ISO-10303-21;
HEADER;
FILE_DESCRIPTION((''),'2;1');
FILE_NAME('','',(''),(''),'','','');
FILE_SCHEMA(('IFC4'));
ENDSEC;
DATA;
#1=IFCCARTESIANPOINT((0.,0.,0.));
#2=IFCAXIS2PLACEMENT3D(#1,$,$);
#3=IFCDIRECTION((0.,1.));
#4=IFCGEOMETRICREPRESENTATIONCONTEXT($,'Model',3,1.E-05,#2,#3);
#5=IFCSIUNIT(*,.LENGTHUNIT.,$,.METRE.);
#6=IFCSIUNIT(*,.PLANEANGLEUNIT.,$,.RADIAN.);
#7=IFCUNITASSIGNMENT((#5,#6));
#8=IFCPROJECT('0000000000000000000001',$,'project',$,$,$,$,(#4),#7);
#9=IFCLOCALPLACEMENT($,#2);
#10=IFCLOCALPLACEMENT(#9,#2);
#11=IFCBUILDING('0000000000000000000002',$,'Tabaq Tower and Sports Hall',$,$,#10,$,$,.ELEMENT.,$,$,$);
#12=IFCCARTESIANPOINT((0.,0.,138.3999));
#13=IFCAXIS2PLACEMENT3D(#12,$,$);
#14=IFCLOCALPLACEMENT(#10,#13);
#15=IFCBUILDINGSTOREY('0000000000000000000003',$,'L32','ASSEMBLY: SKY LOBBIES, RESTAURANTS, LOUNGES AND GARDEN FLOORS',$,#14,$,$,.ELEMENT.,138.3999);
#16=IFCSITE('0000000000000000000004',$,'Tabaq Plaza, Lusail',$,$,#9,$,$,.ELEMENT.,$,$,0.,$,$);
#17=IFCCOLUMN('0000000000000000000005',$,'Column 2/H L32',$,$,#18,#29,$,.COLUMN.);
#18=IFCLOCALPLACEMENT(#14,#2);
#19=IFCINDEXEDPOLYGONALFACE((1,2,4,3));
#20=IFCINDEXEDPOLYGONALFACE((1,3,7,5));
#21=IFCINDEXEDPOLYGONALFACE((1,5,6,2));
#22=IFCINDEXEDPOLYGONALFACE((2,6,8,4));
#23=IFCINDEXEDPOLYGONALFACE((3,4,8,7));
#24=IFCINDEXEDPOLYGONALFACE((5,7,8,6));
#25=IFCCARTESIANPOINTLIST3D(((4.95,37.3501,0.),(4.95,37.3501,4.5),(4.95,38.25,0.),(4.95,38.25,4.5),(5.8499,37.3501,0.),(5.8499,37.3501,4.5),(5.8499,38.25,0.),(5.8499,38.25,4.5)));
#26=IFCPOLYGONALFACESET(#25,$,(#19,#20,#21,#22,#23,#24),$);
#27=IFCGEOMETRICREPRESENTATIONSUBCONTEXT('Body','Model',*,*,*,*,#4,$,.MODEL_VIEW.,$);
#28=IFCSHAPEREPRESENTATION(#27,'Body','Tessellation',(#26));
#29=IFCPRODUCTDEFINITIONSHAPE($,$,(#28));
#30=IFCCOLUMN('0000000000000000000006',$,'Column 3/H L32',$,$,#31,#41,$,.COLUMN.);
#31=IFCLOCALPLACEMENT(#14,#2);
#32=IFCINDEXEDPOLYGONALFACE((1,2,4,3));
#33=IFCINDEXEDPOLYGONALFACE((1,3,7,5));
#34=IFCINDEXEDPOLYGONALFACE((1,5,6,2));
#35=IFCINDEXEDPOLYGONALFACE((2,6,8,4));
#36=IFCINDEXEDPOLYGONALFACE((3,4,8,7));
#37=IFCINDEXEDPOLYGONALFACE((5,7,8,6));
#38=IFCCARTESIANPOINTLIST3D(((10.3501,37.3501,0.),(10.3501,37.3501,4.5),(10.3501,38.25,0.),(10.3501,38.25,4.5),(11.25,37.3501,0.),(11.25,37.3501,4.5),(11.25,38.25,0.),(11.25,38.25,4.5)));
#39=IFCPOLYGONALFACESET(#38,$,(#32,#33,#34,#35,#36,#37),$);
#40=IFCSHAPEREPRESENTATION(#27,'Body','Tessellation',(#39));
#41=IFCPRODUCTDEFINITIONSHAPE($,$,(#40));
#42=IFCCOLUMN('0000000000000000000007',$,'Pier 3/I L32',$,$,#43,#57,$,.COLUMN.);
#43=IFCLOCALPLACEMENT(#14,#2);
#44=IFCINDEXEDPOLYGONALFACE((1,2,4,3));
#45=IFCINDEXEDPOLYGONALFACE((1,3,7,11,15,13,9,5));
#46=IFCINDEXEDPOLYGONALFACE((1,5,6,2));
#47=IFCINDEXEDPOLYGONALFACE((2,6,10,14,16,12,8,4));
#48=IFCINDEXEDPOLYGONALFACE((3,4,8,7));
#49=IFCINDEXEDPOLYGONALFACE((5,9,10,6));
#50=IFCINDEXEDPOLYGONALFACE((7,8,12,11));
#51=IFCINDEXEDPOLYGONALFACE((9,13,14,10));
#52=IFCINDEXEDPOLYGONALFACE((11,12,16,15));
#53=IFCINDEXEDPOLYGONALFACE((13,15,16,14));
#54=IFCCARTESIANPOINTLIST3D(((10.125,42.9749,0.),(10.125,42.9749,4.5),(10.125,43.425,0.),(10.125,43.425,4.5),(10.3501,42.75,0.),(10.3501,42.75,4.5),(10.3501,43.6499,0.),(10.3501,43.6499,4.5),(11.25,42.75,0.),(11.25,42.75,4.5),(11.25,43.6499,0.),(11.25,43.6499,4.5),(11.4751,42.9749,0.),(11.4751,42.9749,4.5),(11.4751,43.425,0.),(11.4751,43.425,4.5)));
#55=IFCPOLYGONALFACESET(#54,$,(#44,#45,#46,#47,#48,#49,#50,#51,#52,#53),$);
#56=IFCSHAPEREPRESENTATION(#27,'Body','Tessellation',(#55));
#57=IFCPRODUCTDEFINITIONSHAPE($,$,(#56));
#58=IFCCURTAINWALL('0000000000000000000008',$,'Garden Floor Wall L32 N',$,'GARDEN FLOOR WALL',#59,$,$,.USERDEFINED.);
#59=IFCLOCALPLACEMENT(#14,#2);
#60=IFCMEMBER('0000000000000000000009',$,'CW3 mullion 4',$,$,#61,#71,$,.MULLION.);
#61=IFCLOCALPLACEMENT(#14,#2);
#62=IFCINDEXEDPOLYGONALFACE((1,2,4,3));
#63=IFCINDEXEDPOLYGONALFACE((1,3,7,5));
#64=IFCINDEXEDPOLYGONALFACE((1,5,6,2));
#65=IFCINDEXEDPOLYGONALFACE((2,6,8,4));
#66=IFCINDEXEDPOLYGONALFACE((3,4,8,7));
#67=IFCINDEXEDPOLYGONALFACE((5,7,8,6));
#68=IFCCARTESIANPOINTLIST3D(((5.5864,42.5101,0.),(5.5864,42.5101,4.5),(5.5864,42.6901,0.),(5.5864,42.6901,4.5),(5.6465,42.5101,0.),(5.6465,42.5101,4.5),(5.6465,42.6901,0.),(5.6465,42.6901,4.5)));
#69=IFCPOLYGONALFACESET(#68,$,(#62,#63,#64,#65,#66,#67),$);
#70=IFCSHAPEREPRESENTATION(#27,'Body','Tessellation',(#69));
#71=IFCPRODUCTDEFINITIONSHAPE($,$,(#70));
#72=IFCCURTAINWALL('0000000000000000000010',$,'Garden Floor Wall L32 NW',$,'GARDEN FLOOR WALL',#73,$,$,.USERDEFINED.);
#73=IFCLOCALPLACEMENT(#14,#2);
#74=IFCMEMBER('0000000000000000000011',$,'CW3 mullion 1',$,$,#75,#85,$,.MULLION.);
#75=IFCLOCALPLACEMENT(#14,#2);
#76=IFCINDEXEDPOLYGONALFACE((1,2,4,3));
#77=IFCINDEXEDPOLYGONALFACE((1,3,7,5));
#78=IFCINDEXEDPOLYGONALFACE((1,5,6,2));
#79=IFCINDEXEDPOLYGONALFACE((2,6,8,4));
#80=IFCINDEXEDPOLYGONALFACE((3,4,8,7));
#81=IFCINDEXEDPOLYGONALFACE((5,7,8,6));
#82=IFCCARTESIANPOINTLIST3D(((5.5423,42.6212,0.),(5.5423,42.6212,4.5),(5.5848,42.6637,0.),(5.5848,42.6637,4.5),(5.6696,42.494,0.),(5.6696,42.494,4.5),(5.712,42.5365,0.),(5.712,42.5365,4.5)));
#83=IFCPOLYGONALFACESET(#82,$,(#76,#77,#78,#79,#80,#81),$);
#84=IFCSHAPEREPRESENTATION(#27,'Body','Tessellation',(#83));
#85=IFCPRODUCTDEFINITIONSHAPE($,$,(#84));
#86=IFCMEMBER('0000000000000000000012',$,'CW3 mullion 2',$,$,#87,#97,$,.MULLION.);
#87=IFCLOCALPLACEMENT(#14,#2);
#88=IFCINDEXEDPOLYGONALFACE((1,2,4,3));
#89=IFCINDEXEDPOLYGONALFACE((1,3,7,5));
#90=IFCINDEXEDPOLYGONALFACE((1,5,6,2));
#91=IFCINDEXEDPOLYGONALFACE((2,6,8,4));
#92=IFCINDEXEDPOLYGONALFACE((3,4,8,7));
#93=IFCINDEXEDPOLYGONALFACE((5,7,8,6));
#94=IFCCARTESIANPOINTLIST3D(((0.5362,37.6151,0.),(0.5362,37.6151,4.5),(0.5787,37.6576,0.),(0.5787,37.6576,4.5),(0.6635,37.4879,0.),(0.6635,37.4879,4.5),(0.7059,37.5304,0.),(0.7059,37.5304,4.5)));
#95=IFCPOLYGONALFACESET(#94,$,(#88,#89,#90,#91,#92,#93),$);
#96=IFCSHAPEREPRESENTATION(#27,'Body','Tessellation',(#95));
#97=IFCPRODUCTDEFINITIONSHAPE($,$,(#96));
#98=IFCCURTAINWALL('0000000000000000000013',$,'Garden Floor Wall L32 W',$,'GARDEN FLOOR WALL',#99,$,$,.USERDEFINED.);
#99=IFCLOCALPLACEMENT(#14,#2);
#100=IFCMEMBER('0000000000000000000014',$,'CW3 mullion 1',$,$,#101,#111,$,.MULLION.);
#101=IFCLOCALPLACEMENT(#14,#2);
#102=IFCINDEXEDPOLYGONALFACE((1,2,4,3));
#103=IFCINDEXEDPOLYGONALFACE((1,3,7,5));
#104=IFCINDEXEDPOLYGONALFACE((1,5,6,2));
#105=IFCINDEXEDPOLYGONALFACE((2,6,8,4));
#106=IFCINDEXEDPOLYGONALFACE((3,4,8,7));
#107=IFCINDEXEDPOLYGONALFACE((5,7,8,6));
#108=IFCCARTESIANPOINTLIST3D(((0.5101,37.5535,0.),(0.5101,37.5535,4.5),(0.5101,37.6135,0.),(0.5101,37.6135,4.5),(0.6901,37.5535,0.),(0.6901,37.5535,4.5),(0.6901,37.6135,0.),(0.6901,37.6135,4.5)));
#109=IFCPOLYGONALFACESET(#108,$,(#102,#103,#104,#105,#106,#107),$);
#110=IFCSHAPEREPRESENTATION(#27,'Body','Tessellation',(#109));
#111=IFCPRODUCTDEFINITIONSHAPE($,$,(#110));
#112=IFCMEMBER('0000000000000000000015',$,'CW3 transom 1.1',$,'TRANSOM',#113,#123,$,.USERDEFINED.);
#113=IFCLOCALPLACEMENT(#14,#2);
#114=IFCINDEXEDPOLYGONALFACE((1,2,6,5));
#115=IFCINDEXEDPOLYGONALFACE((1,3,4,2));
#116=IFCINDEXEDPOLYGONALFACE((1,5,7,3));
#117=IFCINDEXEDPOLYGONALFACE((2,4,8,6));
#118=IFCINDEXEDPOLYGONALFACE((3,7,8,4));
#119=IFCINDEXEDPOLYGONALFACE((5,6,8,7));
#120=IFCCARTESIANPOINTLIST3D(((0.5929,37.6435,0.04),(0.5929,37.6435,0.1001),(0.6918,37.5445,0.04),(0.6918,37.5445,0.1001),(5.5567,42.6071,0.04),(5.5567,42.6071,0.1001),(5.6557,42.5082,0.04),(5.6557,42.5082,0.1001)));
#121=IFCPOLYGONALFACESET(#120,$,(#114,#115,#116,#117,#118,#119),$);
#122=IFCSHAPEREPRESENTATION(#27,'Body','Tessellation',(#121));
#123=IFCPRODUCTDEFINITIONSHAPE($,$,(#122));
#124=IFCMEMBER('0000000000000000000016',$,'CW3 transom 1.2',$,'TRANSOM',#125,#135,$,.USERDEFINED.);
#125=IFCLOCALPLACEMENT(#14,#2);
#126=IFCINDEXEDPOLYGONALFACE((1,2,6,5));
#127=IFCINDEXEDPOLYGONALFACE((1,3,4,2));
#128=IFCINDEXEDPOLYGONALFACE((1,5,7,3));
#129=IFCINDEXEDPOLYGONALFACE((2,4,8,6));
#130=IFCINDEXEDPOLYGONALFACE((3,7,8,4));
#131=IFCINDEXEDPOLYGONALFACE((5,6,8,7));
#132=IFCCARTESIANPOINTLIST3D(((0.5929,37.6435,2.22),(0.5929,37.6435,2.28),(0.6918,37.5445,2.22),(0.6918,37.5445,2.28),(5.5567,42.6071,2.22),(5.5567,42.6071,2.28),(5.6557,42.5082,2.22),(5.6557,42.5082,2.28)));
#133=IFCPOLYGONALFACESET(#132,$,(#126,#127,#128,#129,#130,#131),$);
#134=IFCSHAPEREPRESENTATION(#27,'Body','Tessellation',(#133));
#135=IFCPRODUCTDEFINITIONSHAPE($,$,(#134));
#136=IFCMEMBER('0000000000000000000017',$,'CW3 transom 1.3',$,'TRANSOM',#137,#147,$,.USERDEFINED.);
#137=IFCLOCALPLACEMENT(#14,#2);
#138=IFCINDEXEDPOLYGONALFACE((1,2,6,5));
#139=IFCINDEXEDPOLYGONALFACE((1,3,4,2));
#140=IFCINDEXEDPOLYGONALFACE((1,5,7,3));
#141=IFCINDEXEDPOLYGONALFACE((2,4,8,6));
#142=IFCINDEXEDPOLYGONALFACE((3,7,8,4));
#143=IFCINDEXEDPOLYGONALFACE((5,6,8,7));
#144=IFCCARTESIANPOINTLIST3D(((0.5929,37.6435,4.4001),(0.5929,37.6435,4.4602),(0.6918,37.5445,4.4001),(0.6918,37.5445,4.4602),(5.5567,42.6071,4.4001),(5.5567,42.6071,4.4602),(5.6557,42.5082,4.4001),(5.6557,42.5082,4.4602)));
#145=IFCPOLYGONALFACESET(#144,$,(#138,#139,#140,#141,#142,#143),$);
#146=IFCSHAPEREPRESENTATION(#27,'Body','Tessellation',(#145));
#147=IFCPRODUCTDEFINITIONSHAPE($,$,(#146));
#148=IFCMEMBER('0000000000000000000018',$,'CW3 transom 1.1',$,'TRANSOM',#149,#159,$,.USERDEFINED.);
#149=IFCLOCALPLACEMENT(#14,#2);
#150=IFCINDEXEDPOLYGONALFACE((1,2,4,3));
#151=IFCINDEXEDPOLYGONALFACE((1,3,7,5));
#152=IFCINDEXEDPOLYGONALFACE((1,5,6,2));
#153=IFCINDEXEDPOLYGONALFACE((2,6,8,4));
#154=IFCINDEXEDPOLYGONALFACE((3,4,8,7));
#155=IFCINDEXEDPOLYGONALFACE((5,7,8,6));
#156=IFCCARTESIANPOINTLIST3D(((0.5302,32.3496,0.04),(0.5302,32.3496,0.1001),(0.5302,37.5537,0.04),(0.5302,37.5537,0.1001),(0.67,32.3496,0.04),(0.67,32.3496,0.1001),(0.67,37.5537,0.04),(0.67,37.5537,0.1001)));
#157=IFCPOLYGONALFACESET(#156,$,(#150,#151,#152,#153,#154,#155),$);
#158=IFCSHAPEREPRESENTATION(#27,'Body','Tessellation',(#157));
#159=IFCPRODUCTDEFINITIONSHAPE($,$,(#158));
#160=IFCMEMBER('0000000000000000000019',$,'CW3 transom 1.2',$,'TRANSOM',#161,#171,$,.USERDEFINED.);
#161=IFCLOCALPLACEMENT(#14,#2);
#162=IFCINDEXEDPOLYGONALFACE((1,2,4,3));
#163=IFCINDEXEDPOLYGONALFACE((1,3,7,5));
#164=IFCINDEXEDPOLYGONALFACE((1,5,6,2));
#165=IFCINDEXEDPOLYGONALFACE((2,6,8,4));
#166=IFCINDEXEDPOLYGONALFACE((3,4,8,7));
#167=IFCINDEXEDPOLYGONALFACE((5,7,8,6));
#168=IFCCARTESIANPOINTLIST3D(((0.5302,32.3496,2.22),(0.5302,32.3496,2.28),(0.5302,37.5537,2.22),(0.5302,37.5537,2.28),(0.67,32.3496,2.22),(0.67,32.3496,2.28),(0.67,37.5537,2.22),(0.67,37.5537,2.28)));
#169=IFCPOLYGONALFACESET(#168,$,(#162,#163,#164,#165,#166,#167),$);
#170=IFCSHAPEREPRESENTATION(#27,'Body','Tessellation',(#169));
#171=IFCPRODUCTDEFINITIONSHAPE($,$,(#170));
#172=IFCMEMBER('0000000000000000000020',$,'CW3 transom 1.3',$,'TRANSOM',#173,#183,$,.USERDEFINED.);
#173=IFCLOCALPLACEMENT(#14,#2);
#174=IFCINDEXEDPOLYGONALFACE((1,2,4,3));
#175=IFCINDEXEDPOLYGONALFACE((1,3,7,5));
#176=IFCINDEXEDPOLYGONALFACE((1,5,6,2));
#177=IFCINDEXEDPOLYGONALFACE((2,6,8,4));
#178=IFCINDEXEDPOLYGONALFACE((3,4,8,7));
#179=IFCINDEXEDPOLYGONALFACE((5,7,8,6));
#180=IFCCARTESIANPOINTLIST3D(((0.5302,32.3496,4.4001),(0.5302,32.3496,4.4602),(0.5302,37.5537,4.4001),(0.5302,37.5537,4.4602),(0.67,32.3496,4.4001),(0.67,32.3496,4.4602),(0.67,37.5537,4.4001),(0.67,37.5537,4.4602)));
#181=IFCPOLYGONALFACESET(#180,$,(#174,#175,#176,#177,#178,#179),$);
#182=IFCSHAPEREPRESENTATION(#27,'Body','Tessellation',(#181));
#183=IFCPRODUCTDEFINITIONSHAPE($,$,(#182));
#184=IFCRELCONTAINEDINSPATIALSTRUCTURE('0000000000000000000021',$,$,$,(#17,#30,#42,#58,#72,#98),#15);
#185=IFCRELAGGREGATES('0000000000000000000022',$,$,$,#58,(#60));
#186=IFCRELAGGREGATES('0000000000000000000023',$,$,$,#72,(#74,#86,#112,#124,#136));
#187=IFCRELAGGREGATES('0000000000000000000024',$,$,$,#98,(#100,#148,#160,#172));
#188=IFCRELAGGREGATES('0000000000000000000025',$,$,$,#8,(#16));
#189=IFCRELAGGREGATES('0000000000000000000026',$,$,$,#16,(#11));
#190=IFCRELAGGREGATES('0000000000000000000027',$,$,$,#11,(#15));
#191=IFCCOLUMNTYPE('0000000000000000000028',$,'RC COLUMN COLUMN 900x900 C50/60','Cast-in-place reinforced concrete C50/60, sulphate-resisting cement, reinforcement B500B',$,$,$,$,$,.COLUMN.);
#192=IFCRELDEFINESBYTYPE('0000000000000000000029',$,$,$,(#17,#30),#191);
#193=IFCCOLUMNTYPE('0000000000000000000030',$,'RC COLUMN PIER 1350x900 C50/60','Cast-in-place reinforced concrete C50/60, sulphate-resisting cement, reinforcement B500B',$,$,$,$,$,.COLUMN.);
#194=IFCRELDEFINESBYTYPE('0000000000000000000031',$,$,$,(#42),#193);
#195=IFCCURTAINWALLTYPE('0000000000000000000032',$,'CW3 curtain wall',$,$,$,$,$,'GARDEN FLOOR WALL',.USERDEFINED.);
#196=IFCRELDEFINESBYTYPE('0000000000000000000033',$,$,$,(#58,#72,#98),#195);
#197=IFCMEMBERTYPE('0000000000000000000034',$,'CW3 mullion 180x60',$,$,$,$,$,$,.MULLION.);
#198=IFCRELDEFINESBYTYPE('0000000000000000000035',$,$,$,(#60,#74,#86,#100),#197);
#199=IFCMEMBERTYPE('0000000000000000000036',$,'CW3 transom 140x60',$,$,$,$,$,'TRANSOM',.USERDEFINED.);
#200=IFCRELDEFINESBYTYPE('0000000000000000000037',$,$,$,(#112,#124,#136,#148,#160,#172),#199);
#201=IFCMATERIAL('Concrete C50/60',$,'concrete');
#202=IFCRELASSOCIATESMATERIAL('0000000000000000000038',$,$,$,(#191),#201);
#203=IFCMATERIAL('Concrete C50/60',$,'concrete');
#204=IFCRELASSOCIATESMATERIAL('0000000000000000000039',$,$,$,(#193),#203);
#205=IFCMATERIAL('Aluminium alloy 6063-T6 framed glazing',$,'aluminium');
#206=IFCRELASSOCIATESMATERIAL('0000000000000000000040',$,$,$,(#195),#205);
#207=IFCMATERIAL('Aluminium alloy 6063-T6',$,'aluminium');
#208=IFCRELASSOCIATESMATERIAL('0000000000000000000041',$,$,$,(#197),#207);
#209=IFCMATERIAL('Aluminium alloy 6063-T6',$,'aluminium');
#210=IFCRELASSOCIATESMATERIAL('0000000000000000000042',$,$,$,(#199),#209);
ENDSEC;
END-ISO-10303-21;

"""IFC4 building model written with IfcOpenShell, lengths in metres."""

from ifc_helpers import new_model, si_unit, direction, frame, origin, origin_2d, place, context, subcontext, project, spatial, polyline, rectangle, outline, extrude, material, material_profile, profile_set, type_object, element, aggregate, save


model = new_model("IFC4")

# Units and contexts
model_context = context("Model", 3, precision=1e-05, world=origin(), true_north=direction((0.0, 1.0)))
body_context = subcontext(model_context, "Body", "Model", "MODEL_VIEW")
ifc_project = project(units=[si_unit("LENGTHUNIT", "METRE"), si_unit("PLANEANGLEUNIT", "RADIAN")], contexts=[model_context])

# Site, building, storey
site_placement = place(None, origin())
site = spatial("IfcSite", under=ifc_project, at=site_placement, Name="Tabaq Plaza, Lusail", CompositionType="ELEMENT", RefElevation=0.0)
building_placement = place(site_placement, origin())
building = spatial("IfcBuilding", under=site, at=building_placement, Name="Tabaq Tower and Sports Hall", CompositionType="ELEMENT")
storey_placement = place(building_placement, frame((0.0, 0.0, 138.3999)))
storey = spatial("IfcBuildingStorey", under=building, at=storey_placement, Name="L32", Description="ASSEMBLY: SKY LOBBIES, RESTAURANTS, LOUNGES AND GARDEN FLOORS", CompositionType="ELEMENT", Elevation=138.3999)

# Columns
ifc_material_1 = material(Name="Concrete C50/60", Category="concrete")
ifc_material_profile_1 = material_profile(ifc_material_1, rectangle(XDim=0.8999, YDim=0.8999, at=origin_2d()), Name="COLUMN 900x900")
ifc_profile_set_1 = profile_set([ifc_material_profile_1], Name="Concrete C50/60")
column_type_1 = type_object("IfcColumnType", Name="RC COLUMN COLUMN 900x900 C50/60", Description="Cast-in-place reinforced concrete C50/60, sulphate-resisting cement, reinforcement B500B", PredefinedType="COLUMN", material=ifc_profile_set_1)
for number, where, z_axis, x_axis, name in (
    (1, (5.3999, 37.8, 0.0), (0.0, 0.0, 1.0), (1.0, 0.0, 0.0), "Column 2/H L32"),
    (2, (10.8, 37.8, 0.0), (0.0, 0.0, 1.0), (1.0, 0.0, 0.0), "Column 3/H L32"),
):
    element("IfcColumn", number, at=place(storey_placement, frame(where, z_axis=z_axis, x_axis=x_axis)), inside=storey, type_object=column_type_1, Name=name, PredefinedType="COLUMN", context=body_context, shape_type="SweptSolid", body=[
        extrude(rectangle(XDim=0.8999, YDim=0.8999, at=origin_2d()), origin(), (0.0, 0.0, 1.0), 4.5),
    ])
ifc_material_2 = material(Name="Concrete C50/60", Category="concrete")
ifc_material_profile_2 = material_profile(ifc_material_2, outline(polyline([(-0.45, -0.45), (0.45, -0.45), (0.675, -0.2251), (0.675, 0.2251), (0.45, 0.45), (-0.45, 0.45), (-0.675, 0.2251), (-0.675, -0.2251), (-0.45, -0.45)])), Name="PIER 1350x900")
ifc_profile_set_2 = profile_set([ifc_material_profile_2], Name="Concrete C50/60")
column_type_2 = type_object("IfcColumnType", Name="RC COLUMN PIER 1350x900 C50/60", Description="Cast-in-place reinforced concrete C50/60, sulphate-resisting cement, reinforcement B500B", PredefinedType="COLUMN", material=ifc_profile_set_2)
column_placement = place(storey_placement, frame((10.8, 43.2, 0.0), z_axis=(0.0, 0.0, 1.0), x_axis=(1.0, 0.0, 0.0)))
element("IfcColumn", 3, at=column_placement, inside=storey, type_object=column_type_2, Name="Pier 3/I L32", PredefinedType="COLUMN", context=body_context, shape_type="SweptSolid", body=[
    extrude(outline(polyline([(-0.45, -0.45), (0.45, -0.45), (0.675, -0.2251), (0.675, 0.2251), (0.45, 0.45), (-0.45, 0.45), (-0.675, 0.2251), (-0.675, -0.2251), (-0.45, -0.45)])), origin(), (0.0, 0.0, 1.0), 4.5),
])

# Curtain wall, member
ifc_material_3 = material(Name="Aluminium alloy 6063-T6 framed glazing", Category="aluminium")
curtain_wall_type = type_object("IfcCurtainWallType", Name="CW3 curtain wall", ElementType="GARDEN FLOOR WALL", PredefinedType="USERDEFINED", material=ifc_material_3)
curtain_wall_1_placement = place(storey_placement, origin())
curtain_wall_1 = element("IfcCurtainWall", 4, at=curtain_wall_1_placement, inside=storey, type_object=curtain_wall_type, Name="Garden Floor Wall L32 N", ObjectType="GARDEN FLOOR WALL", PredefinedType="USERDEFINED")
ifc_material_4 = material(Name="Aluminium alloy 6063-T6", Category="aluminium")
ifc_material_profile_3 = material_profile(ifc_material_4, rectangle(XDim=0.1799, YDim=0.0601, at=origin_2d()), Name="MULLION 180x60")
ifc_profile_set_3 = profile_set([ifc_material_profile_3], Name="Aluminium alloy 6063-T6")
member_type_1 = type_object("IfcMemberType", Name="CW3 mullion 180x60", PredefinedType="MULLION", material=ifc_profile_set_3)
member_1_placement = place(storey_placement, frame((5.6165, 42.6001, 0.0), z_axis=(0.0, 0.0, 1.0), x_axis=(0.0, -1.0, 0.0)))
member_1 = element("IfcMember", 5, at=member_1_placement, type_object=member_type_1, Name="CW3 mullion 4", PredefinedType="MULLION", context=body_context, shape_type="SweptSolid", body=[
    extrude(rectangle(XDim=0.1799, YDim=0.0601, at=origin_2d()), origin(), (0.0, 0.0, 1.0), 4.5),
])

# Curtain wall, members
curtain_wall_2_placement = place(storey_placement, origin())
curtain_wall_2 = element("IfcCurtainWall", 6, at=curtain_wall_2_placement, inside=storey, type_object=curtain_wall_type, Name="Garden Floor Wall L32 NW", ObjectType="GARDEN FLOOR WALL", PredefinedType="USERDEFINED")
member_2_placement = place(storey_placement, frame((5.6272, 42.5789, 0.0), z_axis=(0.0, 0.0, 1.0), x_axis=(0.707107, -0.707107, 0.0)))
member_2 = element("IfcMember", 7, at=member_2_placement, type_object=member_type_1, Name="CW3 mullion 1", PredefinedType="MULLION", context=body_context, shape_type="SweptSolid", body=[
    extrude(rectangle(XDim=0.1799, YDim=0.0601, at=origin_2d()), origin(), (0.0, 0.0, 1.0), 4.5),
])
member_3_placement = place(storey_placement, frame((0.6211, 37.5728, 0.0), z_axis=(0.0, 0.0, 1.0), x_axis=(0.707107, -0.707107, 0.0)))
member_3 = element("IfcMember", 8, at=member_3_placement, type_object=member_type_1, Name="CW3 mullion 2", PredefinedType="MULLION", context=body_context, shape_type="SweptSolid", body=[
    extrude(rectangle(XDim=0.1799, YDim=0.0601, at=origin_2d()), origin(), (0.0, 0.0, 1.0), 4.5),
])

# Curtain wall, member
curtain_wall_3_placement = place(storey_placement, origin())
curtain_wall_3 = element("IfcCurtainWall", 9, at=curtain_wall_3_placement, inside=storey, type_object=curtain_wall_type, Name="Garden Floor Wall L32 W", ObjectType="GARDEN FLOOR WALL", PredefinedType="USERDEFINED")
member_4_placement = place(storey_placement, frame((0.6001, 37.5835, 0.0), z_axis=(0.0, 0.0, 1.0), x_axis=(1.0, 0.0, 0.0)))
member_4 = element("IfcMember", 10, at=member_4_placement, type_object=member_type_1, Name="CW3 mullion 1", PredefinedType="MULLION", context=body_context, shape_type="SweptSolid", body=[
    extrude(rectangle(XDim=0.1799, YDim=0.0601, at=origin_2d()), origin(), (0.0, 0.0, 1.0), 4.5),
])

# Members
ifc_material_5 = material(Name="Aluminium alloy 6063-T6", Category="aluminium")
ifc_material_profile_4 = material_profile(ifc_material_5, rectangle(XDim=0.1399, YDim=0.0601, at=origin_2d()), Name="TRANSOM 140x60")
ifc_profile_set_4 = profile_set([ifc_material_profile_4], Name="Aluminium alloy 6063-T6")
member_type_2 = type_object("IfcMemberType", Name="CW3 transom 140x60", ElementType="TRANSOM", PredefinedType="USERDEFINED", material=ifc_profile_set_4)
member_5_placement = place(storey_placement, frame((5.6062, 42.5576, 0.0701), z_axis=(-0.707124, -0.707089, 0.0), x_axis=(0.707089, -0.707124, 0.0)))
member_5 = element("IfcMember", 11, at=member_5_placement, type_object=member_type_2, Name="CW3 transom 1.1", ObjectType="TRANSOM", PredefinedType="USERDEFINED", context=body_context, shape_type="SweptSolid", body=[
    extrude(rectangle(XDim=0.1399, YDim=0.0601, at=origin_2d()), origin(), (0.0, 0.0, 1.0), 7.0198),
])
member_6_placement = place(storey_placement, frame((5.6062, 42.5576, 2.25), z_axis=(-0.707124, -0.707089, 0.0), x_axis=(0.707089, -0.707124, 0.0)))
member_6 = element("IfcMember", 12, at=member_6_placement, type_object=member_type_2, Name="CW3 transom 1.2", ObjectType="TRANSOM", PredefinedType="USERDEFINED", context=body_context, shape_type="SweptSolid", body=[
    extrude(rectangle(XDim=0.1399, YDim=0.0601, at=origin_2d()), origin(), (0.0, 0.0, 1.0), 7.0198),
])
member_7_placement = place(storey_placement, frame((5.6062, 42.5576, 4.4302), z_axis=(-0.707124, -0.707089, 0.0), x_axis=(0.707089, -0.707124, 0.0)))
member_7 = element("IfcMember", 13, at=member_7_placement, type_object=member_type_2, Name="CW3 transom 1.3", ObjectType="TRANSOM", PredefinedType="USERDEFINED", context=body_context, shape_type="SweptSolid", body=[
    extrude(rectangle(XDim=0.1399, YDim=0.0601, at=origin_2d()), origin(), (0.0, 0.0, 1.0), 7.0198),
])
member_8_placement = place(storey_placement, frame((0.6001, 37.5537, 0.0701), z_axis=(0.0, -1.0, 0.0), x_axis=(1.0, 0.0, 0.0)))
member_8 = element("IfcMember", 14, at=member_8_placement, type_object=member_type_2, Name="CW3 transom 1.1", ObjectType="TRANSOM", PredefinedType="USERDEFINED", context=body_context, shape_type="SweptSolid", body=[
    extrude(rectangle(XDim=0.1399, YDim=0.0601, at=origin_2d()), origin(), (0.0, 0.0, 1.0), 5.2041),
])
member_9_placement = place(storey_placement, frame((0.6001, 37.5537, 2.25), z_axis=(0.0, -1.0, 0.0), x_axis=(1.0, 0.0, 0.0)))
member_9 = element("IfcMember", 15, at=member_9_placement, type_object=member_type_2, Name="CW3 transom 1.2", ObjectType="TRANSOM", PredefinedType="USERDEFINED", context=body_context, shape_type="SweptSolid", body=[
    extrude(rectangle(XDim=0.1399, YDim=0.0601, at=origin_2d()), origin(), (0.0, 0.0, 1.0), 5.2041),
])
member_10_placement = place(storey_placement, frame((0.6001, 37.5537, 4.4302), z_axis=(0.0, -1.0, 0.0), x_axis=(1.0, 0.0, 0.0)))
member_10 = element("IfcMember", 16, at=member_10_placement, type_object=member_type_2, Name="CW3 transom 1.3", ObjectType="TRANSOM", PredefinedType="USERDEFINED", context=body_context, shape_type="SweptSolid", body=[
    extrude(rectangle(XDim=0.1399, YDim=0.0601, at=origin_2d()), origin(), (0.0, 0.0, 1.0), 5.2041),
])

aggregate(curtain_wall_1, [member_1])
aggregate(curtain_wall_2, [member_2, member_3, member_5, member_6, member_7])
aggregate(curtain_wall_3, [member_4, member_8, member_9, member_10])

save(model, "model.ifc")
